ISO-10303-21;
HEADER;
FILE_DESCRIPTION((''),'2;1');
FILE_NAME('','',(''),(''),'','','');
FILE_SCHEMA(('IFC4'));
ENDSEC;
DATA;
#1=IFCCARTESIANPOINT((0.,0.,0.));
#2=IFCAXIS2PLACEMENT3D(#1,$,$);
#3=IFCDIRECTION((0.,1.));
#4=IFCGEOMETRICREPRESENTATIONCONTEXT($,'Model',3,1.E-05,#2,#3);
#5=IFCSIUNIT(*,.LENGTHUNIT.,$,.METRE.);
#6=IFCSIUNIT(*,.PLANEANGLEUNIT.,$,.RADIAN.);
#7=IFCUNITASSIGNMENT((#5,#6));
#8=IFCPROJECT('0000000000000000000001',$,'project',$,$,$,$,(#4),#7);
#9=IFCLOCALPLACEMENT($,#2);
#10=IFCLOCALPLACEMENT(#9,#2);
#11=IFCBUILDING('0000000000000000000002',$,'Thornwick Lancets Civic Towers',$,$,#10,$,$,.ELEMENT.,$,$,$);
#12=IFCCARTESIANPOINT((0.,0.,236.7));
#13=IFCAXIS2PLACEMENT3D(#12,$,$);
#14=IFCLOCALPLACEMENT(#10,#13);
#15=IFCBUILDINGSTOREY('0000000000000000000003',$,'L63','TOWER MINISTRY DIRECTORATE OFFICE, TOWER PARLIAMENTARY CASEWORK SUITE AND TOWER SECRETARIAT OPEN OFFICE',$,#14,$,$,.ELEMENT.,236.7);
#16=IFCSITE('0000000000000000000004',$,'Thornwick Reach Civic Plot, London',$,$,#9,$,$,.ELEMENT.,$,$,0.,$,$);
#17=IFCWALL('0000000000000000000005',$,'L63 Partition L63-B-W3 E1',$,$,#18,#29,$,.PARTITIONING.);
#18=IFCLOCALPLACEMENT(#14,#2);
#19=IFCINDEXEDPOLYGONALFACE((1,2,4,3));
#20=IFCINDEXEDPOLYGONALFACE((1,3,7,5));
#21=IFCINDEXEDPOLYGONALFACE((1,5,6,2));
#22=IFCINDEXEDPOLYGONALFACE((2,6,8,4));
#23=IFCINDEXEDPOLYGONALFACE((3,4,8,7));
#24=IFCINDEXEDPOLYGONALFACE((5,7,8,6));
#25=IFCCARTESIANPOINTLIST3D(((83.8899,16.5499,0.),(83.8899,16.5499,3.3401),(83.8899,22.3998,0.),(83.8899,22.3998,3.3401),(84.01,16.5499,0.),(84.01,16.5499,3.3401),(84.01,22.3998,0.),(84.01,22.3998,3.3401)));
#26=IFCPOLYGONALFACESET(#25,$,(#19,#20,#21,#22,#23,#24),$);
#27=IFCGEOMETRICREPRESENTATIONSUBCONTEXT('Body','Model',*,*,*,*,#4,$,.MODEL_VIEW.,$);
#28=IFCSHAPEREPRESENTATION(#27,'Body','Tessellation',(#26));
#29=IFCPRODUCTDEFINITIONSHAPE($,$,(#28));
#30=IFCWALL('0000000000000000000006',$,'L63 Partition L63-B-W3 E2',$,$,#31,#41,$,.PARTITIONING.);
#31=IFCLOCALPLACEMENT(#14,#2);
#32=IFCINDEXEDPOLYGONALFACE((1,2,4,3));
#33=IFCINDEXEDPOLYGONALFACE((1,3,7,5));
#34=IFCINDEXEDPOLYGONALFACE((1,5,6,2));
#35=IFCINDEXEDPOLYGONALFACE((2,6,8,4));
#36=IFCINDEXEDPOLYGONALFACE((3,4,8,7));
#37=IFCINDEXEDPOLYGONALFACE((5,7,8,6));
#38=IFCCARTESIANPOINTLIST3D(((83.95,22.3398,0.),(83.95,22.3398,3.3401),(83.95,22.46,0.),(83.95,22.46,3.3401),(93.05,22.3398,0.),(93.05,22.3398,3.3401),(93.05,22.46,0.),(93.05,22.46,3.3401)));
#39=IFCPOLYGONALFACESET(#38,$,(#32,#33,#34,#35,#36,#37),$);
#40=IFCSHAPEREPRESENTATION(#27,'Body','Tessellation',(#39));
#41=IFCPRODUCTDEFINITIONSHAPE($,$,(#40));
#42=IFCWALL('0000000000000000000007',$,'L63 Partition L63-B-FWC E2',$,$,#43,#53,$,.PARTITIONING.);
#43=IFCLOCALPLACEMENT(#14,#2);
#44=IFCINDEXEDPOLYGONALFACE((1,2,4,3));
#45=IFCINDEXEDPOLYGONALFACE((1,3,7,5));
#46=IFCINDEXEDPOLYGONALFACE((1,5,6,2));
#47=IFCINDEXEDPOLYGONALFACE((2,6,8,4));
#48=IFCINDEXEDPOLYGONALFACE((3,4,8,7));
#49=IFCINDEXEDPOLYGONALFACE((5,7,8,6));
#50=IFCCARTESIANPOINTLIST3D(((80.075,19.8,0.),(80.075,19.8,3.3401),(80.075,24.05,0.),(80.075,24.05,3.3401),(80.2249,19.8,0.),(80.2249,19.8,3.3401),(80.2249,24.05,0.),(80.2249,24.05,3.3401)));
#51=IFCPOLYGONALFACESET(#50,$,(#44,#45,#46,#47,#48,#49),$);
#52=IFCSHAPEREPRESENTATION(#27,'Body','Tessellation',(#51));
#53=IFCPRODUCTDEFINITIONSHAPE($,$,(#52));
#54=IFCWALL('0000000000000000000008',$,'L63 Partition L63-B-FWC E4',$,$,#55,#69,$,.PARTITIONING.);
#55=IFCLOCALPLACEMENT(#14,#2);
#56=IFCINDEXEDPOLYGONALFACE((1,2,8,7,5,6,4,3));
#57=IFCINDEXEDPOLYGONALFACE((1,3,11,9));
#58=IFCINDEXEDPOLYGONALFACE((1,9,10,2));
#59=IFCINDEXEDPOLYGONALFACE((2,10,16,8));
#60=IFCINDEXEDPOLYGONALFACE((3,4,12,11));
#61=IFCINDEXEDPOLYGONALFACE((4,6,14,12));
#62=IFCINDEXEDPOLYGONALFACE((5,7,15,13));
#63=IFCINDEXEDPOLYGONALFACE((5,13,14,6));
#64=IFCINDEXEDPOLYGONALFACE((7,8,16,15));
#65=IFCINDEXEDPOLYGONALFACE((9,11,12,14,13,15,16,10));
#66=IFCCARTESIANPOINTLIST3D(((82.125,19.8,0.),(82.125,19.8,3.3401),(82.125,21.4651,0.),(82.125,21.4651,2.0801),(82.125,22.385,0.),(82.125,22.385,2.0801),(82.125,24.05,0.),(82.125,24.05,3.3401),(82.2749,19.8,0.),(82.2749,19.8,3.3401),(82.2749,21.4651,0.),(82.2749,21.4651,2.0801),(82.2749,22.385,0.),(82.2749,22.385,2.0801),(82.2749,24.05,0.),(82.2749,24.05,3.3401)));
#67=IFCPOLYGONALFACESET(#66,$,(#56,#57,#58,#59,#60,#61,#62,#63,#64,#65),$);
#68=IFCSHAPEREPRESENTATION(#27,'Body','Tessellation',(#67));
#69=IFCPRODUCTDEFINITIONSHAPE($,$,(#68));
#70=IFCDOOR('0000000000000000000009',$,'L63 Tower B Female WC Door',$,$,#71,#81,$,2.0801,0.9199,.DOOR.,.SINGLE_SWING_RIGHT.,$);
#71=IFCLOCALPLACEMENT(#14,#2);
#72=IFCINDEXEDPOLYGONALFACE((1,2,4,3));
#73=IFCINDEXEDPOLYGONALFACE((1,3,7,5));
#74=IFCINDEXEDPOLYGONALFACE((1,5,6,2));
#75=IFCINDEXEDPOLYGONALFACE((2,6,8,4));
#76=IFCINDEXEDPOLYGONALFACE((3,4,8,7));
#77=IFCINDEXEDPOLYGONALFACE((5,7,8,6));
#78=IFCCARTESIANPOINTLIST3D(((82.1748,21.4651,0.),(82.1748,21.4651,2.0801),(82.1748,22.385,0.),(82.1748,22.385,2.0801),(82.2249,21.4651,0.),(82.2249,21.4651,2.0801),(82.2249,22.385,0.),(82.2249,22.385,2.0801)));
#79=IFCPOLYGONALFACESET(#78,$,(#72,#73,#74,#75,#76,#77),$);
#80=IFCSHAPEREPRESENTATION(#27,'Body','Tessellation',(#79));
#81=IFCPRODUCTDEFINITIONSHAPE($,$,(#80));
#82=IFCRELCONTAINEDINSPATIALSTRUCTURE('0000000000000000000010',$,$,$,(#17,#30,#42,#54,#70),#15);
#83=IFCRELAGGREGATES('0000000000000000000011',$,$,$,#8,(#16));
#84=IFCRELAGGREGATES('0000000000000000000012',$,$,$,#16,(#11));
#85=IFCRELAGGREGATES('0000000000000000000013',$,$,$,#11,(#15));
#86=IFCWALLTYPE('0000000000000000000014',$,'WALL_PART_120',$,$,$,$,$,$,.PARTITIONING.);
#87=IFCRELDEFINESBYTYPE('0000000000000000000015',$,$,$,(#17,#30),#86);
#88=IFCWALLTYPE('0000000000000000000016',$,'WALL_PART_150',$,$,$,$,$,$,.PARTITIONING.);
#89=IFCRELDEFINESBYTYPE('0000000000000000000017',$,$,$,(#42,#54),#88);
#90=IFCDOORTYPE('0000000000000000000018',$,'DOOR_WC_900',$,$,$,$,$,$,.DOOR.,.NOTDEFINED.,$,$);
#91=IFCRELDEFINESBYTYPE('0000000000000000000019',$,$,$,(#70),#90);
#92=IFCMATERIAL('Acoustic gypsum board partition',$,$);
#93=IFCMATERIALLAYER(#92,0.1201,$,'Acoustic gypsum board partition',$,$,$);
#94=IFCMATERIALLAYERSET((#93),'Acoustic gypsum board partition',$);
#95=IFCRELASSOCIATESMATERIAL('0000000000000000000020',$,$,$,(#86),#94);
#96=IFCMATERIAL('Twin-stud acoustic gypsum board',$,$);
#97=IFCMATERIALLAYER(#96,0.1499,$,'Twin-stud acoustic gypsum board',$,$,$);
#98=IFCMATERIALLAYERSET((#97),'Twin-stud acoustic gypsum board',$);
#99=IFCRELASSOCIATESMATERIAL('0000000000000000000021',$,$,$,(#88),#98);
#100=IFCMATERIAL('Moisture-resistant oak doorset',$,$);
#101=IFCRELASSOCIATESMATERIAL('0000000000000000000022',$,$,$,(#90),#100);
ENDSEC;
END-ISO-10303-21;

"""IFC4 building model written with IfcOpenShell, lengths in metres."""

from ifc_helpers import new_model, si_unit, direction, frame, frame_2d, origin, place, context, subcontext, project, spatial, rectangle, extrude, material, layer, layer_set, type_object, element, fill, save


model = new_model("IFC4")

# Units and contexts
model_context = context("Model", 3, precision=1e-05, world=origin(), true_north=direction((0.0, 1.0)))
body_context = subcontext(model_context, "Body", "Model", "MODEL_VIEW")
ifc_project = project(units=[si_unit("LENGTHUNIT", "METRE"), si_unit("PLANEANGLEUNIT", "RADIAN")], contexts=[model_context])

# Site, building, storey
site_placement = place(None, origin())
site = spatial("IfcSite", under=ifc_project, at=site_placement, Name="Thornwick Reach Civic Plot, London", CompositionType="ELEMENT", RefElevation=0.0)
building_placement = place(site_placement, origin())
building = spatial("IfcBuilding", under=site, at=building_placement, Name="Thornwick Lancets Civic Towers", CompositionType="ELEMENT")
storey_placement = place(building_placement, frame((0.0, 0.0, 236.7)))
storey = spatial("IfcBuildingStorey", under=building, at=storey_placement, Name="L63", Description="TOWER MINISTRY DIRECTORATE OFFICE, TOWER PARLIAMENTARY CASEWORK SUITE AND TOWER SECRETARIAT OPEN OFFICE", CompositionType="ELEMENT", Elevation=236.7)

# Walls
ifc_material_1 = material(Name="Acoustic gypsum board partition")
ifc_layer_1 = layer(ifc_material_1, 0.1201, Name="Acoustic gypsum board partition")
ifc_layer_set_1 = layer_set([ifc_layer_1], Name="Acoustic gypsum board partition")
wall_type_1 = type_object("IfcWallType", Name="WALL_PART_120", PredefinedType="PARTITIONING", material=ifc_layer_set_1)
wall_1_placement = place(storey_placement, frame((83.95, 16.55, 0.0), z_axis=(0.0, 0.0, 1.0), x_axis=(0.0, 1.0, 0.0)))
element("IfcWall", 1, at=wall_1_placement, inside=storey, type_object=wall_type_1, Name="L63 Partition L63-B-W3 E1", PredefinedType="PARTITIONING", context=body_context, shape_type="SweptSolid", body=[
    extrude(rectangle(XDim=5.8499, YDim=0.1201, at=frame_2d((2.9248, 0.0))), origin(), (0.0, 0.0, 1.0), 3.3401),
])
wall_2_placement = place(storey_placement, frame((83.95, 22.3999, 0.0), z_axis=(0.0, 0.0, 1.0), x_axis=(1.0, 0.0, 0.0)))
element("IfcWall", 2, at=wall_2_placement, inside=storey, type_object=wall_type_1, Name="L63 Partition L63-B-W3 E2", PredefinedType="PARTITIONING", context=body_context, shape_type="SweptSolid", body=[
    extrude(rectangle(XDim=9.1001, YDim=0.1201, at=frame_2d((4.55, 0.0))), origin(), (0.0, 0.0, 1.0), 3.3401),
])
ifc_material_2 = material(Name="Twin-stud acoustic gypsum board")
ifc_layer_2 = layer(ifc_material_2, 0.1499, Name="Twin-stud acoustic gypsum board")
ifc_layer_set_2 = layer_set([ifc_layer_2], Name="Twin-stud acoustic gypsum board")
wall_type_2 = type_object("IfcWallType", Name="WALL_PART_150", PredefinedType="PARTITIONING", material=ifc_layer_set_2)
wall_3_placement = place(storey_placement, frame((80.1499, 19.8, 0.0), z_axis=(0.0, 0.0, 1.0), x_axis=(0.0, 1.0, 0.0)))
element("IfcWall", 3, at=wall_3_placement, inside=storey, type_object=wall_type_2, Name="L63 Partition L63-B-FWC E2", PredefinedType="PARTITIONING", context=body_context, shape_type="SweptSolid", body=[
    extrude(rectangle(XDim=4.25, YDim=0.1499, at=frame_2d((2.125, 0.0))), origin(), (0.0, 0.0, 1.0), 3.3401),
])

# Wall, opening, door
wall_4_placement = place(storey_placement, frame((82.2, 24.05, 0.0), z_axis=(0.0, 0.0, 1.0), x_axis=(0.0, -1.0, 0.0)))
wall_4 = element("IfcWall", 4, at=wall_4_placement, inside=storey, type_object=wall_type_2, Name="L63 Partition L63-B-FWC E4", PredefinedType="PARTITIONING", context=body_context, shape_type="SweptSolid", body=[
    extrude(rectangle(XDim=4.25, YDim=0.1499, at=frame_2d((2.125, 0.0))), origin(), (0.0, 0.0, 1.0), 3.3401),
])
opening_1_placement = place(wall_4_placement, frame((1.665, 0.0, 0.0)))
opening_1 = element("IfcOpeningElement", 5, at=opening_1_placement, cuts=wall_4, PredefinedType="OPENING", context=body_context, shape_type="SweptSolid", body=[
    extrude(rectangle(XDim=0.9199, YDim=2.0801, at=frame_2d((0.46, 1.04))), frame((0.0, 0.085, 0.0), z_axis=(0.0, -1.0, 0.0), x_axis=(1.0, 0.0, 0.0)), (0.0, 0.0, 1.0), 0.1699),
])
ifc_material_3 = material(Name="Moisture-resistant oak doorset")
door_type_1 = type_object("IfcDoorType", Name="DOOR_WC_900", OperationType="NOTDEFINED", PredefinedType="DOOR", material=ifc_material_3)
door_1_placement = place(opening_1_placement, origin())
door_1 = element("IfcDoor", 6, at=door_1_placement, inside=storey, type_object=door_type_1, Name="L63 Tower B Female WC Door", OperationType="SINGLE_SWING_RIGHT", OverallHeight=2.0801, OverallWidth=0.9199, PredefinedType="DOOR", context=body_context, shape_type="SweptSolid", body=[
    extrude(rectangle(XDim=0.9199, YDim=2.0801, at=frame_2d((0.46, 1.04))), frame((0.0, 0.0249, 0.0), z_axis=(0.0, -1.0, 0.0), x_axis=(1.0, 0.0, 0.0)), (0.0, 0.0, 1.0), 0.05),
])
fill(opening_1, door_1)

save(model, "model.ifc")
